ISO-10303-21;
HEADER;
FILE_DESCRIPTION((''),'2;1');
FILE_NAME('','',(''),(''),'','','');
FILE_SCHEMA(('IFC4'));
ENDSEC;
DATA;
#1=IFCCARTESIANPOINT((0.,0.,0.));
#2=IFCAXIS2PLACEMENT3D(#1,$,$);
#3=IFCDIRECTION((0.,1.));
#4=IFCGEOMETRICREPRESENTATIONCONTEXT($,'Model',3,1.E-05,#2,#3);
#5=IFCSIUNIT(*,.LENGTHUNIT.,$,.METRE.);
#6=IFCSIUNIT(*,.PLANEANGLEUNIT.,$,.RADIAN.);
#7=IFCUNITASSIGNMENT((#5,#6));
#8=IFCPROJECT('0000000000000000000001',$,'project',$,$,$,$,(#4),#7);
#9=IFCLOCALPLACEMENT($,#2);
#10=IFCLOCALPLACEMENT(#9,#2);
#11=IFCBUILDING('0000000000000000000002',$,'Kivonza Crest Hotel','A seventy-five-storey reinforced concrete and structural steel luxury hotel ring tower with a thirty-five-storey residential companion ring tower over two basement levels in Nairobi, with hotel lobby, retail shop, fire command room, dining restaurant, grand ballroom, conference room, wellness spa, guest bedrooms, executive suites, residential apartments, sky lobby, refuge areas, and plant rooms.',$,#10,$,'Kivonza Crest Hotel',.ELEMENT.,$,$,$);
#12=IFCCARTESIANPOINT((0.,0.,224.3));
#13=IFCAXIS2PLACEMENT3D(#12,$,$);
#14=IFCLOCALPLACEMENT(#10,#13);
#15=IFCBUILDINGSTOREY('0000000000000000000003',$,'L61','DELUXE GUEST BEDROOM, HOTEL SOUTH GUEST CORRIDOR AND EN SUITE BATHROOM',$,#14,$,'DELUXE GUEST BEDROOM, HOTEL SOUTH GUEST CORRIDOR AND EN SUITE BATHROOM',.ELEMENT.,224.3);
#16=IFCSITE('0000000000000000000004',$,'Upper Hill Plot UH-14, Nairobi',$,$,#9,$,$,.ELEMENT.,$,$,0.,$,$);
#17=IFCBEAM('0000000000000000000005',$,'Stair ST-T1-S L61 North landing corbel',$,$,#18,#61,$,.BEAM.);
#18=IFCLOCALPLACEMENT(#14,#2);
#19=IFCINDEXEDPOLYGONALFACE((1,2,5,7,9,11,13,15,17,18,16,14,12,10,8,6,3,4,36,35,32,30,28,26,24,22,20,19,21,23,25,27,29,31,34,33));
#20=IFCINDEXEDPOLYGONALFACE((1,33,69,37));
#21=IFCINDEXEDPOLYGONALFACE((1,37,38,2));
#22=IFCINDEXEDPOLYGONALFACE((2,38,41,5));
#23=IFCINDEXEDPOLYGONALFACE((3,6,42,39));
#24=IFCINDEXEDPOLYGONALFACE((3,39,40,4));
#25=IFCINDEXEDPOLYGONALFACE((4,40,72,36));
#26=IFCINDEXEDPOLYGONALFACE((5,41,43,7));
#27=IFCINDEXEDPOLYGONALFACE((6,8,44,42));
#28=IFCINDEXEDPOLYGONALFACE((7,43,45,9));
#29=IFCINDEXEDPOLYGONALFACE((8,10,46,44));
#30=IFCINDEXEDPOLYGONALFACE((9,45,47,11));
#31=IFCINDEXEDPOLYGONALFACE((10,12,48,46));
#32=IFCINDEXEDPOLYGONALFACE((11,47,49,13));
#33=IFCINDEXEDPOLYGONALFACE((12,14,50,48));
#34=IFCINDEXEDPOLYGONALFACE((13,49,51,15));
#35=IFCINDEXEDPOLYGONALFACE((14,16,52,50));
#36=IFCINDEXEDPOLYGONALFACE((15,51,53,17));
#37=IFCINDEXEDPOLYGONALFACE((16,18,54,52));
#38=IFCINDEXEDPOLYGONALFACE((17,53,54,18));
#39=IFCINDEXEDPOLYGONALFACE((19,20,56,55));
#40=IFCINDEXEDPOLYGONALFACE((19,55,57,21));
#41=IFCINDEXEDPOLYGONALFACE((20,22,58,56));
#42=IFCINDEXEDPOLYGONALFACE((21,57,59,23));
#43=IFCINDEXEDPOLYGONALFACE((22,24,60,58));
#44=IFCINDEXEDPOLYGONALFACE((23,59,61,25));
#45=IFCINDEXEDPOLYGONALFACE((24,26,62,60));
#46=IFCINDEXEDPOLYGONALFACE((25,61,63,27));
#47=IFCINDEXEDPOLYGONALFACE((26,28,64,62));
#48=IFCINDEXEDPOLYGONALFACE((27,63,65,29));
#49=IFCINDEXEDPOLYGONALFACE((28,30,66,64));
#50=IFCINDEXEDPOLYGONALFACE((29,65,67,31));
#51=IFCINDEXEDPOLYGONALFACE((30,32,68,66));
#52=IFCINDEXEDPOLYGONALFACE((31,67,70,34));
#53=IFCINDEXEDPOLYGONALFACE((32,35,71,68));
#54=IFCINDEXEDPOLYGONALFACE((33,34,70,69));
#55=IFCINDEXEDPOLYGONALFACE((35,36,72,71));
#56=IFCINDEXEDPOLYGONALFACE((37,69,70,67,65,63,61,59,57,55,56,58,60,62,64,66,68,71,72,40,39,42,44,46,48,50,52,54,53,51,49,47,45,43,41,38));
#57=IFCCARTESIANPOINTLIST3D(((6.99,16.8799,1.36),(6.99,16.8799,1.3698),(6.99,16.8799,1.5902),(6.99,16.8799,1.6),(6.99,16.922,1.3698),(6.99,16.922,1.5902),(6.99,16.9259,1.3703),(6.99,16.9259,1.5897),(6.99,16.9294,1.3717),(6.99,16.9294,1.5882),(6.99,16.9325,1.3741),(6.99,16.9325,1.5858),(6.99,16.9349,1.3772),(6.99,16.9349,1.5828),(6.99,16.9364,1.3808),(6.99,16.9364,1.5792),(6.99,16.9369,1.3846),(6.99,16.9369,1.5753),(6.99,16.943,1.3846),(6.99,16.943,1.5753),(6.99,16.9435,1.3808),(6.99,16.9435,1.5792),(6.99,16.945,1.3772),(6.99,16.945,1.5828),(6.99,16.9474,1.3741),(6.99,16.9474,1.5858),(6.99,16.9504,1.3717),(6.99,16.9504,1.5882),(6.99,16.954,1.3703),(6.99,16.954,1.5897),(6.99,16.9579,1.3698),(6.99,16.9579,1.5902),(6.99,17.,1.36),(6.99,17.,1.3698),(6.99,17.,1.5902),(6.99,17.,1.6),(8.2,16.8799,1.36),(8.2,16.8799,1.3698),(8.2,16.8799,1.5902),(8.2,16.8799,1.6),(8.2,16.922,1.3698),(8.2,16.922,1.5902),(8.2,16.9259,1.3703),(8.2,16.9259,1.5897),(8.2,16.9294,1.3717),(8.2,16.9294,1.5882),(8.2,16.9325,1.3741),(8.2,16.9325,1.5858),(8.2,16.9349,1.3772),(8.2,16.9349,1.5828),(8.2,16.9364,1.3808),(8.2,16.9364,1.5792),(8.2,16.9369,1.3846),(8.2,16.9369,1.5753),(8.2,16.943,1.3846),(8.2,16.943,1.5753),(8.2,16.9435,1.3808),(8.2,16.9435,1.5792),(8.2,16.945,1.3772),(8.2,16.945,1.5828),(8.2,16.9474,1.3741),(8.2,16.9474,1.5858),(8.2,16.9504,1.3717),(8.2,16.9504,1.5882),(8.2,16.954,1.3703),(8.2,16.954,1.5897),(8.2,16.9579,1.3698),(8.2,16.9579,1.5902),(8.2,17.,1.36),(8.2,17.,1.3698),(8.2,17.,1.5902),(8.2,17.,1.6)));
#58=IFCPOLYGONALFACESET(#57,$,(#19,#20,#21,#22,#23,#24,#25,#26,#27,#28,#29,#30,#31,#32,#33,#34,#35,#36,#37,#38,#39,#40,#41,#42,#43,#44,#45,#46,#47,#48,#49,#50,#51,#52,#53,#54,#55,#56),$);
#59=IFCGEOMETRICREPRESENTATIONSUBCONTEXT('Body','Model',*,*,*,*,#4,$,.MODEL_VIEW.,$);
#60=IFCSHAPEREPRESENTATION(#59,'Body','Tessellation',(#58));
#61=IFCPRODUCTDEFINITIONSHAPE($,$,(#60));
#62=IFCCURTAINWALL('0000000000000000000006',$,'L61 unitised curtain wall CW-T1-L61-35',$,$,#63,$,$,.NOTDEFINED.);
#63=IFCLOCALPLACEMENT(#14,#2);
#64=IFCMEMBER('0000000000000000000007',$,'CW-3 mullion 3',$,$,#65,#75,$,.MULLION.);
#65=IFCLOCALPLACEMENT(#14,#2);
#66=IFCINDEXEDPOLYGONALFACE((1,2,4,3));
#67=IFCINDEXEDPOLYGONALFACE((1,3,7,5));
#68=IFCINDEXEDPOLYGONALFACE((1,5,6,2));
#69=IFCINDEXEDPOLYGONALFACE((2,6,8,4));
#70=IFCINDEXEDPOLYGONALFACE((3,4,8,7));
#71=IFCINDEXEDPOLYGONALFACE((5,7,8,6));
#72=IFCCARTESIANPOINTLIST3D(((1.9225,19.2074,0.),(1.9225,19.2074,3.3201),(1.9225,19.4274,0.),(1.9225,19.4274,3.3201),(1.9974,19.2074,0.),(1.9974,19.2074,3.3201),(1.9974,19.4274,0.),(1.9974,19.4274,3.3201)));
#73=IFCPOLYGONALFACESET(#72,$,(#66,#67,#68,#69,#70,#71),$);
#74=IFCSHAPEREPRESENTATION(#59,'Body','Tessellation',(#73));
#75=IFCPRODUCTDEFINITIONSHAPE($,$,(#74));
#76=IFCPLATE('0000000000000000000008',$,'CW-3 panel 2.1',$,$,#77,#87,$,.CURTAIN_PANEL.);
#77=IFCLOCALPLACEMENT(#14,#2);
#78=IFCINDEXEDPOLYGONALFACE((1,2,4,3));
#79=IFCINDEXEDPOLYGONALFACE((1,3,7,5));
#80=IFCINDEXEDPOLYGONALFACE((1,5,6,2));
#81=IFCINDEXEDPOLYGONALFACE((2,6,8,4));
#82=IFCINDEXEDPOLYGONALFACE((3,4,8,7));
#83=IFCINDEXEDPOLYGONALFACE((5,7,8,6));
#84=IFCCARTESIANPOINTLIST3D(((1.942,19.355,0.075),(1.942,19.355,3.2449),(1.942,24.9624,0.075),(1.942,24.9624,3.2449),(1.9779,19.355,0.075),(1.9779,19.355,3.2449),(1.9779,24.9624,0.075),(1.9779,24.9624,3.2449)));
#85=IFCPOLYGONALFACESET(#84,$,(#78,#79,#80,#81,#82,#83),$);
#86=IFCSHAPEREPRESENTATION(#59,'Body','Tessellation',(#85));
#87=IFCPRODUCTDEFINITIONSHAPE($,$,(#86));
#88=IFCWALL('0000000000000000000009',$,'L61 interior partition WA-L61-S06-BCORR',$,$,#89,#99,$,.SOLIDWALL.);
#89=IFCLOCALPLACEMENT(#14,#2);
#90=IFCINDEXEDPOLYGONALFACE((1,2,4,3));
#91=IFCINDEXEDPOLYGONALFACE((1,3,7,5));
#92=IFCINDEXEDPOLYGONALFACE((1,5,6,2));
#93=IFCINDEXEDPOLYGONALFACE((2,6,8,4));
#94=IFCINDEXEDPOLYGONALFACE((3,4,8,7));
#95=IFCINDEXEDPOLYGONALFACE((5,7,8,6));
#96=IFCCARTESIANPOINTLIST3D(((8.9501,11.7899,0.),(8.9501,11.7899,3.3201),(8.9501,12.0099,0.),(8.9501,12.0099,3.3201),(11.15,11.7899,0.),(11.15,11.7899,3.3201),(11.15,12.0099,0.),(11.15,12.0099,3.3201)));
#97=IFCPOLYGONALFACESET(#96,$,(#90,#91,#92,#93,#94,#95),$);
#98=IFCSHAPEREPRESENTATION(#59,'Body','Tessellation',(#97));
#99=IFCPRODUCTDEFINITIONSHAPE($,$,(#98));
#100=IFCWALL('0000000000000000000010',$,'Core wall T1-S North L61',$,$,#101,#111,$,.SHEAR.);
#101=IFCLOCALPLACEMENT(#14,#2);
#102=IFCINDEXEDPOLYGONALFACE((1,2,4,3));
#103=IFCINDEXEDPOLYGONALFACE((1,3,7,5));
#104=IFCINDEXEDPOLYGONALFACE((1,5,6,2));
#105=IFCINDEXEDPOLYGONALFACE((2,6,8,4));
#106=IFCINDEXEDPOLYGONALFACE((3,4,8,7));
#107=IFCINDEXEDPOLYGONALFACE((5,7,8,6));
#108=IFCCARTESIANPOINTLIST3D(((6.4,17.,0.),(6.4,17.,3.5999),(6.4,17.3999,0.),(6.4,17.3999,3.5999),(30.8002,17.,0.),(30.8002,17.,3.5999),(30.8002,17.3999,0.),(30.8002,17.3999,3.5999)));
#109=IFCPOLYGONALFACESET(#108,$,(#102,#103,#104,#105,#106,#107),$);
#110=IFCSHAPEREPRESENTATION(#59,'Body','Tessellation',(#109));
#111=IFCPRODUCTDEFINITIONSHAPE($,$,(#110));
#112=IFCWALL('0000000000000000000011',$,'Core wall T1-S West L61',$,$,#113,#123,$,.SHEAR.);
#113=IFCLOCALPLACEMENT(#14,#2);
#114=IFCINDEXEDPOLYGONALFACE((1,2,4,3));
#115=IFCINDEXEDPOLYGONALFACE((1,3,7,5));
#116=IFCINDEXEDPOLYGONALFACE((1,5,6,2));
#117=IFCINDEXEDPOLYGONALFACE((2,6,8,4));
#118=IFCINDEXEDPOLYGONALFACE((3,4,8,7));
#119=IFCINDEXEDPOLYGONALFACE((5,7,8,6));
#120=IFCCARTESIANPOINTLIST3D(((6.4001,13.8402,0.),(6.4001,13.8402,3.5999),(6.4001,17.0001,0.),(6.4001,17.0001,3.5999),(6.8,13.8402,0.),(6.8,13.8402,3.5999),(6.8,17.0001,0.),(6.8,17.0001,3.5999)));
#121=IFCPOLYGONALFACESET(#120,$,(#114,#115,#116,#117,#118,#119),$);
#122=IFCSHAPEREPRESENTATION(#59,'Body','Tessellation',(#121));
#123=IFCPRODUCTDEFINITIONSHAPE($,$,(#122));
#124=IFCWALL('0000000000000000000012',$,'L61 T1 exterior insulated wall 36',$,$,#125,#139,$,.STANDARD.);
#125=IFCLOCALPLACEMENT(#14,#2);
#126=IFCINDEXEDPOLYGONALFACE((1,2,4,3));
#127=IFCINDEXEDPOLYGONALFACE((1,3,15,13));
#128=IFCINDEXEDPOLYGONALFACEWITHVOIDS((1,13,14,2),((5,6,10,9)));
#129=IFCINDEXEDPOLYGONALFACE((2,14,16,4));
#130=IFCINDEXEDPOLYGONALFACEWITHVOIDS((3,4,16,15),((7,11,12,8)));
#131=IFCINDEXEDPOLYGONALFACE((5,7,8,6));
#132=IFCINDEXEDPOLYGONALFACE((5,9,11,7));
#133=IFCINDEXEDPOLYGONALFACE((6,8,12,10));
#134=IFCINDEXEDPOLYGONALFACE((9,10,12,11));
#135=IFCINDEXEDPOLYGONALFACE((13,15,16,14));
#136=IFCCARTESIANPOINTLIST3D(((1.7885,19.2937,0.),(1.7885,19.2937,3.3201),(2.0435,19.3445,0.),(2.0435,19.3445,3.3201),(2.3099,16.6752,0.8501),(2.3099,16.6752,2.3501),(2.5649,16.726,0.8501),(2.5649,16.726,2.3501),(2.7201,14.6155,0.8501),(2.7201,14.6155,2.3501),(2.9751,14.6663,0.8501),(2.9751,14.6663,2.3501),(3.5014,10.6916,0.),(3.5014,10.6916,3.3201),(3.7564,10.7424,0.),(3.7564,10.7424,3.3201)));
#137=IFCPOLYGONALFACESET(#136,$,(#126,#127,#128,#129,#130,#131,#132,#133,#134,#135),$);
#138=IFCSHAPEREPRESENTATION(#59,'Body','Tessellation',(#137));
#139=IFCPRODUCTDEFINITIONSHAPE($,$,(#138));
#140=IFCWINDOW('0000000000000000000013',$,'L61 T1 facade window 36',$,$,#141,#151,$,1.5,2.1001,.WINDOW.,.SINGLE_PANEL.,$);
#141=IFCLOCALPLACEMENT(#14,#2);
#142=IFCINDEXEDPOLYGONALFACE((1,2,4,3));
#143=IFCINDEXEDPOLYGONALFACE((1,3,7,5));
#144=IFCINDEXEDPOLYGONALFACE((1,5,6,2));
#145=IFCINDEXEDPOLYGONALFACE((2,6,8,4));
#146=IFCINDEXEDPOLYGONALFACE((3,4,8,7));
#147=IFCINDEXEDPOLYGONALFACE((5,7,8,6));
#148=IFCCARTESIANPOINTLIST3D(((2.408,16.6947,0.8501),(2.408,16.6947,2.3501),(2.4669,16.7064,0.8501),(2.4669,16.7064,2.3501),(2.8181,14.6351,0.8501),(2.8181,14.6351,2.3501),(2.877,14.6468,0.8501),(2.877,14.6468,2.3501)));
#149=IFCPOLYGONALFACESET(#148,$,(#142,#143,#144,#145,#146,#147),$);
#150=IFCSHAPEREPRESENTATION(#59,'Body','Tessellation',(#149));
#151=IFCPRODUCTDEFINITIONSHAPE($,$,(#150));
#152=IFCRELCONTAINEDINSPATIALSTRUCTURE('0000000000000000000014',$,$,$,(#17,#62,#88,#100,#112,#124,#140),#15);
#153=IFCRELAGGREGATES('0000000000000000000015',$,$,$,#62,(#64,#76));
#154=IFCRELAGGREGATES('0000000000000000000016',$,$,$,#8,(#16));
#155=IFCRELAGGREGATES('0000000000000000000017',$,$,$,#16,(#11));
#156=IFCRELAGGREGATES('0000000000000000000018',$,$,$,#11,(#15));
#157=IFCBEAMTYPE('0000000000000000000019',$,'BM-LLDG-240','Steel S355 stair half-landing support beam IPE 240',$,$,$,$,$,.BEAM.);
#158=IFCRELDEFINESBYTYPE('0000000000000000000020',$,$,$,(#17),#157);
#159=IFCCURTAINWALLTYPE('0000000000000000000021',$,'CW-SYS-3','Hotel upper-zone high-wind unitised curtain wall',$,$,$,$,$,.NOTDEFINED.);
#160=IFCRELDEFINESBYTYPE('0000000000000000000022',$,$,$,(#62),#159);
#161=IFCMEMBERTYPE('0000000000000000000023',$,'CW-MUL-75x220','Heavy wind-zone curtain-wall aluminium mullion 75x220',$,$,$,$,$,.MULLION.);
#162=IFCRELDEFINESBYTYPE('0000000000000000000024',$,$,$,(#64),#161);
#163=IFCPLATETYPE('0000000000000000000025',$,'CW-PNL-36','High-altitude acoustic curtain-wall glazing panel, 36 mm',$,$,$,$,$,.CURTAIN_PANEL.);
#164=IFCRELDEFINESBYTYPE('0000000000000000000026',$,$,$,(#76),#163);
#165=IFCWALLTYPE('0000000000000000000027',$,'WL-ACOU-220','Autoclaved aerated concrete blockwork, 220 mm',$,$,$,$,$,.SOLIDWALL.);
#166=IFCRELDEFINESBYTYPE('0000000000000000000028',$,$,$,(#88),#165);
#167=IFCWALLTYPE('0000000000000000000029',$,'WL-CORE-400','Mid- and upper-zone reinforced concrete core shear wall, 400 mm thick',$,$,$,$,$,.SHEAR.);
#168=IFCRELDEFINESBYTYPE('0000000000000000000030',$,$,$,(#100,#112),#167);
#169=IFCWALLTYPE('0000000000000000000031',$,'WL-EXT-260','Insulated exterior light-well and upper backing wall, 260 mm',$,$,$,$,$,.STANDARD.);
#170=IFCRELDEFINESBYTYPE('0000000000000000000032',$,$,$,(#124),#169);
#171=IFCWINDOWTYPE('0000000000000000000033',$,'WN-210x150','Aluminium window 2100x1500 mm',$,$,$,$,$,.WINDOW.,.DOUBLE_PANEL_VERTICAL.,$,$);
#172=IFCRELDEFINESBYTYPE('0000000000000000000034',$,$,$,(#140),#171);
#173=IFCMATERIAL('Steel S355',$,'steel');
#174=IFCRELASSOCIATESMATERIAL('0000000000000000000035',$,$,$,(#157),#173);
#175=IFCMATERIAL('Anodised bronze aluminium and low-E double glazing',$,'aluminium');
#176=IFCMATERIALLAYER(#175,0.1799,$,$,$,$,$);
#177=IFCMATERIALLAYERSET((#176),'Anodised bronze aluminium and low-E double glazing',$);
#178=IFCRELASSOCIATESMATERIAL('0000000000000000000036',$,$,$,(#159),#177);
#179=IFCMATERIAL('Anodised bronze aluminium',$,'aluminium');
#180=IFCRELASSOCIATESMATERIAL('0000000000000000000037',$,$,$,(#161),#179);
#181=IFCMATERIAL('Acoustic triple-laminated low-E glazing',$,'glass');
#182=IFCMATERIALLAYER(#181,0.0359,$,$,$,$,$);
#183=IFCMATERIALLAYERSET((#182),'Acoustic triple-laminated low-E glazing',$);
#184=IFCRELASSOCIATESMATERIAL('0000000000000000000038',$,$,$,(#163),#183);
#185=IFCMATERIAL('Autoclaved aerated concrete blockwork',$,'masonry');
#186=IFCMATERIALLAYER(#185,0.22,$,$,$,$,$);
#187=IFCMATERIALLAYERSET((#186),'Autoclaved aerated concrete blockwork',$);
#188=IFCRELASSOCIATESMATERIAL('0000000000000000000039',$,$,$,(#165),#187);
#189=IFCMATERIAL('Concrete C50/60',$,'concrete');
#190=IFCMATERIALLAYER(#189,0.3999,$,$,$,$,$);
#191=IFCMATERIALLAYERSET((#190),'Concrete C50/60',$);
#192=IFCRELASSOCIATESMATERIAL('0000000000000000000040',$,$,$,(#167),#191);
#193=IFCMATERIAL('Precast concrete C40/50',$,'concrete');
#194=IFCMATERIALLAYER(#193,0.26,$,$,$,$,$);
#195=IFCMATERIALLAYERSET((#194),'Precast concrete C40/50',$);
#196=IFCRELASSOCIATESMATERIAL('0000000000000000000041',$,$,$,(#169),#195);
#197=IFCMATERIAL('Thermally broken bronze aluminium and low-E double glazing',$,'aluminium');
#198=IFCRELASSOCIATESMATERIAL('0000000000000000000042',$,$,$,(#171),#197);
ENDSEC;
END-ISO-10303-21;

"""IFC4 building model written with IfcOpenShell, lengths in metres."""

from ifc_helpers import new_model, si_unit, direction, frame, frame_2d, origin, origin_2d, place, context, subcontext, project, spatial, rectangle, i_section, extrude, material, layer, layer_set, material_profile, profile_set, type_object, element, fill, aggregate, save


model = new_model("IFC4")

# Units and contexts
model_context = context("Model", 3, precision=1e-05, world=origin(), true_north=direction((0.0, 1.0)))
body_context = subcontext(model_context, "Body", "Model", "MODEL_VIEW")
ifc_project = project(units=[si_unit("LENGTHUNIT", "METRE"), si_unit("PLANEANGLEUNIT", "RADIAN")], contexts=[model_context])

# Site, building, storey
site_placement = place(None, origin())
site = spatial("IfcSite", under=ifc_project, at=site_placement, Name="Upper Hill Plot UH-14, Nairobi", CompositionType="ELEMENT", RefElevation=0.0)
building_placement = place(site_placement, origin())
building = spatial("IfcBuilding", under=site, at=building_placement, Name="Kivonza Crest Hotel", Description="A seventy-five-storey reinforced concrete and structural steel luxury hotel ring tower with a thirty-five-storey residential companion ring tower over two basement levels in Nairobi, with hotel lobby, retail shop, fire command room, dining restaurant, grand ballroom, conference room, wellness spa, guest bedrooms, executive suites, residential apartments, sky lobby, refuge areas, and plant rooms.", LongName="Kivonza Crest Hotel", CompositionType="ELEMENT")
storey_placement = place(building_placement, frame((0.0, 0.0, 224.3)))
storey = spatial("IfcBuildingStorey", under=building, at=storey_placement, Name="L61", Description="DELUXE GUEST BEDROOM, HOTEL SOUTH GUEST CORRIDOR AND EN SUITE BATHROOM", LongName="DELUXE GUEST BEDROOM, HOTEL SOUTH GUEST CORRIDOR AND EN SUITE BATHROOM", CompositionType="ELEMENT", Elevation=224.3)

# Shared definitions
ifc_material_1 = material(Name="Concrete C50/60", Category="concrete")

# Beam
ifc_material_2 = material(Name="Steel S355", Category="steel")
ifc_material_profile_1 = material_profile(ifc_material_2, i_section(OverallWidth=0.1201, OverallDepth=0.24, WebThickness=0.0061, FlangeThickness=0.0098, FilletRadius=0.0149, at=origin_2d()), Name="IPE 240")
ifc_profile_set_1 = profile_set([ifc_material_profile_1], Name="Steel S355")
beam_type_1 = type_object("IfcBeamType", Name="BM-LLDG-240", Description="Steel S355 stair half-landing support beam IPE 240", PredefinedType="BEAM", material=ifc_profile_set_1)
for number, where, z_axis, x_axis, name in (
    (1, (6.99, 16.9399, 1.48), (1.0, 0.0, 0.0), (0.0, 1.0, 0.0), "Stair ST-T1-S L61 North landing corbel"),
):
    element("IfcBeam", number, at=place(storey_placement, frame(where, z_axis=z_axis, x_axis=x_axis)), inside=storey, type_object=beam_type_1, Name=name, PredefinedType="BEAM", context=body_context, shape_type="SweptSolid", body=[
        extrude(i_section(OverallWidth=0.1201, OverallDepth=0.24, WebThickness=0.0061, FlangeThickness=0.0098, FilletRadius=0.0149, at=origin_2d()), origin(), (0.0, 0.0, 1.0), 1.21),
    ])

# Curtain wall, member, plate
ifc_material_3 = material(Name="Anodised bronze aluminium and low-E double glazing", Category="aluminium")
ifc_layer_1 = layer(ifc_material_3, 0.1799)
ifc_layer_set_1 = layer_set([ifc_layer_1], Name="Anodised bronze aluminium and low-E double glazing")
curtain_wall_type = type_object("IfcCurtainWallType", Name="CW-SYS-3", Description="Hotel upper-zone high-wind unitised curtain wall", PredefinedType="NOTDEFINED", material=ifc_layer_set_1)
curtain_wall_placement = place(storey_placement, origin())
curtain_wall = element("IfcCurtainWall", 2, at=curtain_wall_placement, inside=storey, type_object=curtain_wall_type, Name="L61 unitised curtain wall CW-T1-L61-35", PredefinedType="NOTDEFINED")
ifc_material_4 = material(Name="Anodised bronze aluminium", Category="aluminium")
ifc_material_profile_2 = material_profile(ifc_material_4, rectangle(XDim=0.075, YDim=0.22, at=origin_2d()), Name="CW-M 75x220")
ifc_profile_set_2 = profile_set([ifc_material_profile_2], Name="Anodised bronze aluminium")
member_type = type_object("IfcMemberType", Name="CW-MUL-75x220", Description="Heavy wind-zone curtain-wall aluminium mullion 75x220", PredefinedType="MULLION", material=ifc_profile_set_2)
member_placement = place(storey_placement, frame((1.96, 19.3174, 0.0), z_axis=(0.0, 0.0, 1.0), x_axis=(1.0, 0.0, 0.0)))
member = element("IfcMember", 3, at=member_placement, type_object=member_type, Name="CW-3 mullion 3", PredefinedType="MULLION", context=body_context, shape_type="SweptSolid", body=[
    extrude(rectangle(XDim=0.075, YDim=0.22, at=origin_2d()), origin(), (0.0, 0.0, 1.0), 3.3201),
])
ifc_material_5 = material(Name="Acoustic triple-laminated low-E glazing", Category="glass")
ifc_layer_2 = layer(ifc_material_5, 0.0359)
ifc_layer_set_2 = layer_set([ifc_layer_2], Name="Acoustic triple-laminated low-E glazing")
plate_type = type_object("IfcPlateType", Name="CW-PNL-36", Description="High-altitude acoustic curtain-wall glazing panel, 36 mm", PredefinedType="CURTAIN_PANEL", material=ifc_layer_set_2)
plate_placement = place(storey_placement, frame((1.96, 22.1587, 0.075), z_axis=(0.0, 0.0, 1.0), x_axis=(0.0, -1.0, 0.0)))
plate = element("IfcPlate", 4, at=plate_placement, type_object=plate_type, Name="CW-3 panel 2.1", PredefinedType="CURTAIN_PANEL", context=body_context, shape_type="SweptSolid", body=[
    extrude(rectangle(XDim=5.6074, YDim=0.0359, at=origin_2d()), origin(), (0.0, 0.0, 1.0), 3.1699),
])
aggregate(curtain_wall, [member, plate])

# Wall
ifc_material_6 = material(Name="Autoclaved aerated concrete blockwork", Category="masonry")
ifc_layer_3 = layer(ifc_material_6, 0.22)
ifc_layer_set_3 = layer_set([ifc_layer_3], Name="Autoclaved aerated concrete blockwork")
wall_type_1 = type_object("IfcWallType", Name="WL-ACOU-220", Description="Autoclaved aerated concrete blockwork, 220 mm", PredefinedType="SOLIDWALL", material=ifc_layer_set_3)
wall_1_placement = place(storey_placement, frame((8.95, 11.8999, 0.0), z_axis=(0.0, 0.0, 1.0), x_axis=(1.0, 0.0, 0.0)))
element("IfcWall", 5, at=wall_1_placement, inside=storey, type_object=wall_type_1, Name="L61 interior partition WA-L61-S06-BCORR", PredefinedType="SOLIDWALL", context=body_context, shape_type="SweptSolid", body=[
    extrude(rectangle(XDim=2.2, YDim=0.22, at=frame_2d((1.1001, 0.0))), origin(), (0.0, 0.0, 1.0), 3.3201),
])

# Shared definitions
ifc_layer_4 = layer(ifc_material_1, 0.3999)
ifc_layer_set_4 = layer_set([ifc_layer_4], Name="Concrete C50/60")
wall_type_2 = type_object("IfcWallType", Name="WL-CORE-400", Description="Mid- and upper-zone reinforced concrete core shear wall, 400 mm thick", PredefinedType="SHEAR", material=ifc_layer_set_4)

# Walls
wall_2_placement = place(storey_placement, frame((6.3999, 17.2, 0.0), z_axis=(0.0, 0.0, 1.0), x_axis=(1.0, 0.0, 0.0)))
element("IfcWall", 6, at=wall_2_placement, inside=storey, type_object=wall_type_2, Name="Core wall T1-S North L61", PredefinedType="SHEAR", context=body_context, shape_type="SweptSolid", body=[
    extrude(rectangle(XDim=24.4001, YDim=0.3999, at=frame_2d((12.2002, 0.0))), origin(), (0.0, 0.0, 1.0), 3.5999),
])
wall_3_placement = place(storey_placement, frame((6.6001, 13.8401, 0.0), z_axis=(0.0, 0.0, 1.0), x_axis=(0.0, 1.0, 0.0)))
element("IfcWall", 7, at=wall_3_placement, inside=storey, type_object=wall_type_2, Name="Core wall T1-S West L61", PredefinedType="SHEAR", context=body_context, shape_type="SweptSolid", body=[
    extrude(rectangle(XDim=3.1599, YDim=0.3999, at=frame_2d((1.5801, 0.0))), origin(), (0.0, 0.0, 1.0), 3.5999),
])

# Wall, opening, window
ifc_material_7 = material(Name="Precast concrete C40/50", Category="concrete")
ifc_layer_5 = layer(ifc_material_7, 0.26)
ifc_layer_set_5 = layer_set([ifc_layer_5], Name="Precast concrete C40/50")
wall_type_3 = type_object("IfcWallType", Name="WL-EXT-260", Description="Insulated exterior light-well and upper backing wall, 260 mm", PredefinedType="STANDARD", material=ifc_layer_set_5)
wall_4_placement = place(storey_placement, frame((1.916, 19.3191, 0.0), z_axis=(0.0, 0.0, 1.0), x_axis=(0.195292, -0.980745, 0.0)))
wall_4 = element("IfcWall", 8, at=wall_4_placement, inside=storey, type_object=wall_type_3, Name="L61 T1 exterior insulated wall 36", PredefinedType="STANDARD", context=body_context, shape_type="SweptSolid", body=[
    extrude(rectangle(XDim=8.771, YDim=0.26, at=frame_2d((4.3855, 0.0))), origin(), (0.0, 0.0, 1.0), 3.3201),
])
opening_1_placement = place(wall_4_placement, frame((2.6699, 0.0, 0.8501)))
opening_1 = element("IfcOpeningElement", 9, at=opening_1_placement, cuts=wall_4, PredefinedType="OPENING", context=body_context, shape_type="SweptSolid", body=[
    extrude(rectangle(XDim=2.1001, YDim=1.5, at=frame_2d((1.05, 0.75))), frame((0.0, 0.1401, 0.0), z_axis=(0.0, -1.0, 0.0), x_axis=(1.0, 0.0, 0.0)), (0.0, 0.0, 1.0), 0.28),
])
ifc_material_8 = material(Name="Thermally broken bronze aluminium and low-E double glazing", Category="aluminium")
window_type = type_object("IfcWindowType", Name="WN-210x150", Description="Aluminium window 2100x1500 mm", PartitioningType="DOUBLE_PANEL_VERTICAL", PredefinedType="WINDOW", material=ifc_material_8)
window_placement = place(opening_1_placement, origin())
window = element("IfcWindow", 10, at=window_placement, inside=storey, type_object=window_type, Name="L61 T1 facade window 36", OverallHeight=1.5, OverallWidth=2.1001, PartitioningType="SINGLE_PANEL", PredefinedType="WINDOW", context=body_context, shape_type="SweptSolid", body=[
    extrude(rectangle(XDim=2.1001, YDim=1.5, at=frame_2d((1.05, 0.75))), frame((0.0, 0.03, 0.0), z_axis=(0.0, -1.0, 0.0), x_axis=(1.0, 0.0, 0.0)), (0.0, 0.0, 1.0), 0.0601),
])
fill(opening_1, window)

save(model, "model.ifc")
